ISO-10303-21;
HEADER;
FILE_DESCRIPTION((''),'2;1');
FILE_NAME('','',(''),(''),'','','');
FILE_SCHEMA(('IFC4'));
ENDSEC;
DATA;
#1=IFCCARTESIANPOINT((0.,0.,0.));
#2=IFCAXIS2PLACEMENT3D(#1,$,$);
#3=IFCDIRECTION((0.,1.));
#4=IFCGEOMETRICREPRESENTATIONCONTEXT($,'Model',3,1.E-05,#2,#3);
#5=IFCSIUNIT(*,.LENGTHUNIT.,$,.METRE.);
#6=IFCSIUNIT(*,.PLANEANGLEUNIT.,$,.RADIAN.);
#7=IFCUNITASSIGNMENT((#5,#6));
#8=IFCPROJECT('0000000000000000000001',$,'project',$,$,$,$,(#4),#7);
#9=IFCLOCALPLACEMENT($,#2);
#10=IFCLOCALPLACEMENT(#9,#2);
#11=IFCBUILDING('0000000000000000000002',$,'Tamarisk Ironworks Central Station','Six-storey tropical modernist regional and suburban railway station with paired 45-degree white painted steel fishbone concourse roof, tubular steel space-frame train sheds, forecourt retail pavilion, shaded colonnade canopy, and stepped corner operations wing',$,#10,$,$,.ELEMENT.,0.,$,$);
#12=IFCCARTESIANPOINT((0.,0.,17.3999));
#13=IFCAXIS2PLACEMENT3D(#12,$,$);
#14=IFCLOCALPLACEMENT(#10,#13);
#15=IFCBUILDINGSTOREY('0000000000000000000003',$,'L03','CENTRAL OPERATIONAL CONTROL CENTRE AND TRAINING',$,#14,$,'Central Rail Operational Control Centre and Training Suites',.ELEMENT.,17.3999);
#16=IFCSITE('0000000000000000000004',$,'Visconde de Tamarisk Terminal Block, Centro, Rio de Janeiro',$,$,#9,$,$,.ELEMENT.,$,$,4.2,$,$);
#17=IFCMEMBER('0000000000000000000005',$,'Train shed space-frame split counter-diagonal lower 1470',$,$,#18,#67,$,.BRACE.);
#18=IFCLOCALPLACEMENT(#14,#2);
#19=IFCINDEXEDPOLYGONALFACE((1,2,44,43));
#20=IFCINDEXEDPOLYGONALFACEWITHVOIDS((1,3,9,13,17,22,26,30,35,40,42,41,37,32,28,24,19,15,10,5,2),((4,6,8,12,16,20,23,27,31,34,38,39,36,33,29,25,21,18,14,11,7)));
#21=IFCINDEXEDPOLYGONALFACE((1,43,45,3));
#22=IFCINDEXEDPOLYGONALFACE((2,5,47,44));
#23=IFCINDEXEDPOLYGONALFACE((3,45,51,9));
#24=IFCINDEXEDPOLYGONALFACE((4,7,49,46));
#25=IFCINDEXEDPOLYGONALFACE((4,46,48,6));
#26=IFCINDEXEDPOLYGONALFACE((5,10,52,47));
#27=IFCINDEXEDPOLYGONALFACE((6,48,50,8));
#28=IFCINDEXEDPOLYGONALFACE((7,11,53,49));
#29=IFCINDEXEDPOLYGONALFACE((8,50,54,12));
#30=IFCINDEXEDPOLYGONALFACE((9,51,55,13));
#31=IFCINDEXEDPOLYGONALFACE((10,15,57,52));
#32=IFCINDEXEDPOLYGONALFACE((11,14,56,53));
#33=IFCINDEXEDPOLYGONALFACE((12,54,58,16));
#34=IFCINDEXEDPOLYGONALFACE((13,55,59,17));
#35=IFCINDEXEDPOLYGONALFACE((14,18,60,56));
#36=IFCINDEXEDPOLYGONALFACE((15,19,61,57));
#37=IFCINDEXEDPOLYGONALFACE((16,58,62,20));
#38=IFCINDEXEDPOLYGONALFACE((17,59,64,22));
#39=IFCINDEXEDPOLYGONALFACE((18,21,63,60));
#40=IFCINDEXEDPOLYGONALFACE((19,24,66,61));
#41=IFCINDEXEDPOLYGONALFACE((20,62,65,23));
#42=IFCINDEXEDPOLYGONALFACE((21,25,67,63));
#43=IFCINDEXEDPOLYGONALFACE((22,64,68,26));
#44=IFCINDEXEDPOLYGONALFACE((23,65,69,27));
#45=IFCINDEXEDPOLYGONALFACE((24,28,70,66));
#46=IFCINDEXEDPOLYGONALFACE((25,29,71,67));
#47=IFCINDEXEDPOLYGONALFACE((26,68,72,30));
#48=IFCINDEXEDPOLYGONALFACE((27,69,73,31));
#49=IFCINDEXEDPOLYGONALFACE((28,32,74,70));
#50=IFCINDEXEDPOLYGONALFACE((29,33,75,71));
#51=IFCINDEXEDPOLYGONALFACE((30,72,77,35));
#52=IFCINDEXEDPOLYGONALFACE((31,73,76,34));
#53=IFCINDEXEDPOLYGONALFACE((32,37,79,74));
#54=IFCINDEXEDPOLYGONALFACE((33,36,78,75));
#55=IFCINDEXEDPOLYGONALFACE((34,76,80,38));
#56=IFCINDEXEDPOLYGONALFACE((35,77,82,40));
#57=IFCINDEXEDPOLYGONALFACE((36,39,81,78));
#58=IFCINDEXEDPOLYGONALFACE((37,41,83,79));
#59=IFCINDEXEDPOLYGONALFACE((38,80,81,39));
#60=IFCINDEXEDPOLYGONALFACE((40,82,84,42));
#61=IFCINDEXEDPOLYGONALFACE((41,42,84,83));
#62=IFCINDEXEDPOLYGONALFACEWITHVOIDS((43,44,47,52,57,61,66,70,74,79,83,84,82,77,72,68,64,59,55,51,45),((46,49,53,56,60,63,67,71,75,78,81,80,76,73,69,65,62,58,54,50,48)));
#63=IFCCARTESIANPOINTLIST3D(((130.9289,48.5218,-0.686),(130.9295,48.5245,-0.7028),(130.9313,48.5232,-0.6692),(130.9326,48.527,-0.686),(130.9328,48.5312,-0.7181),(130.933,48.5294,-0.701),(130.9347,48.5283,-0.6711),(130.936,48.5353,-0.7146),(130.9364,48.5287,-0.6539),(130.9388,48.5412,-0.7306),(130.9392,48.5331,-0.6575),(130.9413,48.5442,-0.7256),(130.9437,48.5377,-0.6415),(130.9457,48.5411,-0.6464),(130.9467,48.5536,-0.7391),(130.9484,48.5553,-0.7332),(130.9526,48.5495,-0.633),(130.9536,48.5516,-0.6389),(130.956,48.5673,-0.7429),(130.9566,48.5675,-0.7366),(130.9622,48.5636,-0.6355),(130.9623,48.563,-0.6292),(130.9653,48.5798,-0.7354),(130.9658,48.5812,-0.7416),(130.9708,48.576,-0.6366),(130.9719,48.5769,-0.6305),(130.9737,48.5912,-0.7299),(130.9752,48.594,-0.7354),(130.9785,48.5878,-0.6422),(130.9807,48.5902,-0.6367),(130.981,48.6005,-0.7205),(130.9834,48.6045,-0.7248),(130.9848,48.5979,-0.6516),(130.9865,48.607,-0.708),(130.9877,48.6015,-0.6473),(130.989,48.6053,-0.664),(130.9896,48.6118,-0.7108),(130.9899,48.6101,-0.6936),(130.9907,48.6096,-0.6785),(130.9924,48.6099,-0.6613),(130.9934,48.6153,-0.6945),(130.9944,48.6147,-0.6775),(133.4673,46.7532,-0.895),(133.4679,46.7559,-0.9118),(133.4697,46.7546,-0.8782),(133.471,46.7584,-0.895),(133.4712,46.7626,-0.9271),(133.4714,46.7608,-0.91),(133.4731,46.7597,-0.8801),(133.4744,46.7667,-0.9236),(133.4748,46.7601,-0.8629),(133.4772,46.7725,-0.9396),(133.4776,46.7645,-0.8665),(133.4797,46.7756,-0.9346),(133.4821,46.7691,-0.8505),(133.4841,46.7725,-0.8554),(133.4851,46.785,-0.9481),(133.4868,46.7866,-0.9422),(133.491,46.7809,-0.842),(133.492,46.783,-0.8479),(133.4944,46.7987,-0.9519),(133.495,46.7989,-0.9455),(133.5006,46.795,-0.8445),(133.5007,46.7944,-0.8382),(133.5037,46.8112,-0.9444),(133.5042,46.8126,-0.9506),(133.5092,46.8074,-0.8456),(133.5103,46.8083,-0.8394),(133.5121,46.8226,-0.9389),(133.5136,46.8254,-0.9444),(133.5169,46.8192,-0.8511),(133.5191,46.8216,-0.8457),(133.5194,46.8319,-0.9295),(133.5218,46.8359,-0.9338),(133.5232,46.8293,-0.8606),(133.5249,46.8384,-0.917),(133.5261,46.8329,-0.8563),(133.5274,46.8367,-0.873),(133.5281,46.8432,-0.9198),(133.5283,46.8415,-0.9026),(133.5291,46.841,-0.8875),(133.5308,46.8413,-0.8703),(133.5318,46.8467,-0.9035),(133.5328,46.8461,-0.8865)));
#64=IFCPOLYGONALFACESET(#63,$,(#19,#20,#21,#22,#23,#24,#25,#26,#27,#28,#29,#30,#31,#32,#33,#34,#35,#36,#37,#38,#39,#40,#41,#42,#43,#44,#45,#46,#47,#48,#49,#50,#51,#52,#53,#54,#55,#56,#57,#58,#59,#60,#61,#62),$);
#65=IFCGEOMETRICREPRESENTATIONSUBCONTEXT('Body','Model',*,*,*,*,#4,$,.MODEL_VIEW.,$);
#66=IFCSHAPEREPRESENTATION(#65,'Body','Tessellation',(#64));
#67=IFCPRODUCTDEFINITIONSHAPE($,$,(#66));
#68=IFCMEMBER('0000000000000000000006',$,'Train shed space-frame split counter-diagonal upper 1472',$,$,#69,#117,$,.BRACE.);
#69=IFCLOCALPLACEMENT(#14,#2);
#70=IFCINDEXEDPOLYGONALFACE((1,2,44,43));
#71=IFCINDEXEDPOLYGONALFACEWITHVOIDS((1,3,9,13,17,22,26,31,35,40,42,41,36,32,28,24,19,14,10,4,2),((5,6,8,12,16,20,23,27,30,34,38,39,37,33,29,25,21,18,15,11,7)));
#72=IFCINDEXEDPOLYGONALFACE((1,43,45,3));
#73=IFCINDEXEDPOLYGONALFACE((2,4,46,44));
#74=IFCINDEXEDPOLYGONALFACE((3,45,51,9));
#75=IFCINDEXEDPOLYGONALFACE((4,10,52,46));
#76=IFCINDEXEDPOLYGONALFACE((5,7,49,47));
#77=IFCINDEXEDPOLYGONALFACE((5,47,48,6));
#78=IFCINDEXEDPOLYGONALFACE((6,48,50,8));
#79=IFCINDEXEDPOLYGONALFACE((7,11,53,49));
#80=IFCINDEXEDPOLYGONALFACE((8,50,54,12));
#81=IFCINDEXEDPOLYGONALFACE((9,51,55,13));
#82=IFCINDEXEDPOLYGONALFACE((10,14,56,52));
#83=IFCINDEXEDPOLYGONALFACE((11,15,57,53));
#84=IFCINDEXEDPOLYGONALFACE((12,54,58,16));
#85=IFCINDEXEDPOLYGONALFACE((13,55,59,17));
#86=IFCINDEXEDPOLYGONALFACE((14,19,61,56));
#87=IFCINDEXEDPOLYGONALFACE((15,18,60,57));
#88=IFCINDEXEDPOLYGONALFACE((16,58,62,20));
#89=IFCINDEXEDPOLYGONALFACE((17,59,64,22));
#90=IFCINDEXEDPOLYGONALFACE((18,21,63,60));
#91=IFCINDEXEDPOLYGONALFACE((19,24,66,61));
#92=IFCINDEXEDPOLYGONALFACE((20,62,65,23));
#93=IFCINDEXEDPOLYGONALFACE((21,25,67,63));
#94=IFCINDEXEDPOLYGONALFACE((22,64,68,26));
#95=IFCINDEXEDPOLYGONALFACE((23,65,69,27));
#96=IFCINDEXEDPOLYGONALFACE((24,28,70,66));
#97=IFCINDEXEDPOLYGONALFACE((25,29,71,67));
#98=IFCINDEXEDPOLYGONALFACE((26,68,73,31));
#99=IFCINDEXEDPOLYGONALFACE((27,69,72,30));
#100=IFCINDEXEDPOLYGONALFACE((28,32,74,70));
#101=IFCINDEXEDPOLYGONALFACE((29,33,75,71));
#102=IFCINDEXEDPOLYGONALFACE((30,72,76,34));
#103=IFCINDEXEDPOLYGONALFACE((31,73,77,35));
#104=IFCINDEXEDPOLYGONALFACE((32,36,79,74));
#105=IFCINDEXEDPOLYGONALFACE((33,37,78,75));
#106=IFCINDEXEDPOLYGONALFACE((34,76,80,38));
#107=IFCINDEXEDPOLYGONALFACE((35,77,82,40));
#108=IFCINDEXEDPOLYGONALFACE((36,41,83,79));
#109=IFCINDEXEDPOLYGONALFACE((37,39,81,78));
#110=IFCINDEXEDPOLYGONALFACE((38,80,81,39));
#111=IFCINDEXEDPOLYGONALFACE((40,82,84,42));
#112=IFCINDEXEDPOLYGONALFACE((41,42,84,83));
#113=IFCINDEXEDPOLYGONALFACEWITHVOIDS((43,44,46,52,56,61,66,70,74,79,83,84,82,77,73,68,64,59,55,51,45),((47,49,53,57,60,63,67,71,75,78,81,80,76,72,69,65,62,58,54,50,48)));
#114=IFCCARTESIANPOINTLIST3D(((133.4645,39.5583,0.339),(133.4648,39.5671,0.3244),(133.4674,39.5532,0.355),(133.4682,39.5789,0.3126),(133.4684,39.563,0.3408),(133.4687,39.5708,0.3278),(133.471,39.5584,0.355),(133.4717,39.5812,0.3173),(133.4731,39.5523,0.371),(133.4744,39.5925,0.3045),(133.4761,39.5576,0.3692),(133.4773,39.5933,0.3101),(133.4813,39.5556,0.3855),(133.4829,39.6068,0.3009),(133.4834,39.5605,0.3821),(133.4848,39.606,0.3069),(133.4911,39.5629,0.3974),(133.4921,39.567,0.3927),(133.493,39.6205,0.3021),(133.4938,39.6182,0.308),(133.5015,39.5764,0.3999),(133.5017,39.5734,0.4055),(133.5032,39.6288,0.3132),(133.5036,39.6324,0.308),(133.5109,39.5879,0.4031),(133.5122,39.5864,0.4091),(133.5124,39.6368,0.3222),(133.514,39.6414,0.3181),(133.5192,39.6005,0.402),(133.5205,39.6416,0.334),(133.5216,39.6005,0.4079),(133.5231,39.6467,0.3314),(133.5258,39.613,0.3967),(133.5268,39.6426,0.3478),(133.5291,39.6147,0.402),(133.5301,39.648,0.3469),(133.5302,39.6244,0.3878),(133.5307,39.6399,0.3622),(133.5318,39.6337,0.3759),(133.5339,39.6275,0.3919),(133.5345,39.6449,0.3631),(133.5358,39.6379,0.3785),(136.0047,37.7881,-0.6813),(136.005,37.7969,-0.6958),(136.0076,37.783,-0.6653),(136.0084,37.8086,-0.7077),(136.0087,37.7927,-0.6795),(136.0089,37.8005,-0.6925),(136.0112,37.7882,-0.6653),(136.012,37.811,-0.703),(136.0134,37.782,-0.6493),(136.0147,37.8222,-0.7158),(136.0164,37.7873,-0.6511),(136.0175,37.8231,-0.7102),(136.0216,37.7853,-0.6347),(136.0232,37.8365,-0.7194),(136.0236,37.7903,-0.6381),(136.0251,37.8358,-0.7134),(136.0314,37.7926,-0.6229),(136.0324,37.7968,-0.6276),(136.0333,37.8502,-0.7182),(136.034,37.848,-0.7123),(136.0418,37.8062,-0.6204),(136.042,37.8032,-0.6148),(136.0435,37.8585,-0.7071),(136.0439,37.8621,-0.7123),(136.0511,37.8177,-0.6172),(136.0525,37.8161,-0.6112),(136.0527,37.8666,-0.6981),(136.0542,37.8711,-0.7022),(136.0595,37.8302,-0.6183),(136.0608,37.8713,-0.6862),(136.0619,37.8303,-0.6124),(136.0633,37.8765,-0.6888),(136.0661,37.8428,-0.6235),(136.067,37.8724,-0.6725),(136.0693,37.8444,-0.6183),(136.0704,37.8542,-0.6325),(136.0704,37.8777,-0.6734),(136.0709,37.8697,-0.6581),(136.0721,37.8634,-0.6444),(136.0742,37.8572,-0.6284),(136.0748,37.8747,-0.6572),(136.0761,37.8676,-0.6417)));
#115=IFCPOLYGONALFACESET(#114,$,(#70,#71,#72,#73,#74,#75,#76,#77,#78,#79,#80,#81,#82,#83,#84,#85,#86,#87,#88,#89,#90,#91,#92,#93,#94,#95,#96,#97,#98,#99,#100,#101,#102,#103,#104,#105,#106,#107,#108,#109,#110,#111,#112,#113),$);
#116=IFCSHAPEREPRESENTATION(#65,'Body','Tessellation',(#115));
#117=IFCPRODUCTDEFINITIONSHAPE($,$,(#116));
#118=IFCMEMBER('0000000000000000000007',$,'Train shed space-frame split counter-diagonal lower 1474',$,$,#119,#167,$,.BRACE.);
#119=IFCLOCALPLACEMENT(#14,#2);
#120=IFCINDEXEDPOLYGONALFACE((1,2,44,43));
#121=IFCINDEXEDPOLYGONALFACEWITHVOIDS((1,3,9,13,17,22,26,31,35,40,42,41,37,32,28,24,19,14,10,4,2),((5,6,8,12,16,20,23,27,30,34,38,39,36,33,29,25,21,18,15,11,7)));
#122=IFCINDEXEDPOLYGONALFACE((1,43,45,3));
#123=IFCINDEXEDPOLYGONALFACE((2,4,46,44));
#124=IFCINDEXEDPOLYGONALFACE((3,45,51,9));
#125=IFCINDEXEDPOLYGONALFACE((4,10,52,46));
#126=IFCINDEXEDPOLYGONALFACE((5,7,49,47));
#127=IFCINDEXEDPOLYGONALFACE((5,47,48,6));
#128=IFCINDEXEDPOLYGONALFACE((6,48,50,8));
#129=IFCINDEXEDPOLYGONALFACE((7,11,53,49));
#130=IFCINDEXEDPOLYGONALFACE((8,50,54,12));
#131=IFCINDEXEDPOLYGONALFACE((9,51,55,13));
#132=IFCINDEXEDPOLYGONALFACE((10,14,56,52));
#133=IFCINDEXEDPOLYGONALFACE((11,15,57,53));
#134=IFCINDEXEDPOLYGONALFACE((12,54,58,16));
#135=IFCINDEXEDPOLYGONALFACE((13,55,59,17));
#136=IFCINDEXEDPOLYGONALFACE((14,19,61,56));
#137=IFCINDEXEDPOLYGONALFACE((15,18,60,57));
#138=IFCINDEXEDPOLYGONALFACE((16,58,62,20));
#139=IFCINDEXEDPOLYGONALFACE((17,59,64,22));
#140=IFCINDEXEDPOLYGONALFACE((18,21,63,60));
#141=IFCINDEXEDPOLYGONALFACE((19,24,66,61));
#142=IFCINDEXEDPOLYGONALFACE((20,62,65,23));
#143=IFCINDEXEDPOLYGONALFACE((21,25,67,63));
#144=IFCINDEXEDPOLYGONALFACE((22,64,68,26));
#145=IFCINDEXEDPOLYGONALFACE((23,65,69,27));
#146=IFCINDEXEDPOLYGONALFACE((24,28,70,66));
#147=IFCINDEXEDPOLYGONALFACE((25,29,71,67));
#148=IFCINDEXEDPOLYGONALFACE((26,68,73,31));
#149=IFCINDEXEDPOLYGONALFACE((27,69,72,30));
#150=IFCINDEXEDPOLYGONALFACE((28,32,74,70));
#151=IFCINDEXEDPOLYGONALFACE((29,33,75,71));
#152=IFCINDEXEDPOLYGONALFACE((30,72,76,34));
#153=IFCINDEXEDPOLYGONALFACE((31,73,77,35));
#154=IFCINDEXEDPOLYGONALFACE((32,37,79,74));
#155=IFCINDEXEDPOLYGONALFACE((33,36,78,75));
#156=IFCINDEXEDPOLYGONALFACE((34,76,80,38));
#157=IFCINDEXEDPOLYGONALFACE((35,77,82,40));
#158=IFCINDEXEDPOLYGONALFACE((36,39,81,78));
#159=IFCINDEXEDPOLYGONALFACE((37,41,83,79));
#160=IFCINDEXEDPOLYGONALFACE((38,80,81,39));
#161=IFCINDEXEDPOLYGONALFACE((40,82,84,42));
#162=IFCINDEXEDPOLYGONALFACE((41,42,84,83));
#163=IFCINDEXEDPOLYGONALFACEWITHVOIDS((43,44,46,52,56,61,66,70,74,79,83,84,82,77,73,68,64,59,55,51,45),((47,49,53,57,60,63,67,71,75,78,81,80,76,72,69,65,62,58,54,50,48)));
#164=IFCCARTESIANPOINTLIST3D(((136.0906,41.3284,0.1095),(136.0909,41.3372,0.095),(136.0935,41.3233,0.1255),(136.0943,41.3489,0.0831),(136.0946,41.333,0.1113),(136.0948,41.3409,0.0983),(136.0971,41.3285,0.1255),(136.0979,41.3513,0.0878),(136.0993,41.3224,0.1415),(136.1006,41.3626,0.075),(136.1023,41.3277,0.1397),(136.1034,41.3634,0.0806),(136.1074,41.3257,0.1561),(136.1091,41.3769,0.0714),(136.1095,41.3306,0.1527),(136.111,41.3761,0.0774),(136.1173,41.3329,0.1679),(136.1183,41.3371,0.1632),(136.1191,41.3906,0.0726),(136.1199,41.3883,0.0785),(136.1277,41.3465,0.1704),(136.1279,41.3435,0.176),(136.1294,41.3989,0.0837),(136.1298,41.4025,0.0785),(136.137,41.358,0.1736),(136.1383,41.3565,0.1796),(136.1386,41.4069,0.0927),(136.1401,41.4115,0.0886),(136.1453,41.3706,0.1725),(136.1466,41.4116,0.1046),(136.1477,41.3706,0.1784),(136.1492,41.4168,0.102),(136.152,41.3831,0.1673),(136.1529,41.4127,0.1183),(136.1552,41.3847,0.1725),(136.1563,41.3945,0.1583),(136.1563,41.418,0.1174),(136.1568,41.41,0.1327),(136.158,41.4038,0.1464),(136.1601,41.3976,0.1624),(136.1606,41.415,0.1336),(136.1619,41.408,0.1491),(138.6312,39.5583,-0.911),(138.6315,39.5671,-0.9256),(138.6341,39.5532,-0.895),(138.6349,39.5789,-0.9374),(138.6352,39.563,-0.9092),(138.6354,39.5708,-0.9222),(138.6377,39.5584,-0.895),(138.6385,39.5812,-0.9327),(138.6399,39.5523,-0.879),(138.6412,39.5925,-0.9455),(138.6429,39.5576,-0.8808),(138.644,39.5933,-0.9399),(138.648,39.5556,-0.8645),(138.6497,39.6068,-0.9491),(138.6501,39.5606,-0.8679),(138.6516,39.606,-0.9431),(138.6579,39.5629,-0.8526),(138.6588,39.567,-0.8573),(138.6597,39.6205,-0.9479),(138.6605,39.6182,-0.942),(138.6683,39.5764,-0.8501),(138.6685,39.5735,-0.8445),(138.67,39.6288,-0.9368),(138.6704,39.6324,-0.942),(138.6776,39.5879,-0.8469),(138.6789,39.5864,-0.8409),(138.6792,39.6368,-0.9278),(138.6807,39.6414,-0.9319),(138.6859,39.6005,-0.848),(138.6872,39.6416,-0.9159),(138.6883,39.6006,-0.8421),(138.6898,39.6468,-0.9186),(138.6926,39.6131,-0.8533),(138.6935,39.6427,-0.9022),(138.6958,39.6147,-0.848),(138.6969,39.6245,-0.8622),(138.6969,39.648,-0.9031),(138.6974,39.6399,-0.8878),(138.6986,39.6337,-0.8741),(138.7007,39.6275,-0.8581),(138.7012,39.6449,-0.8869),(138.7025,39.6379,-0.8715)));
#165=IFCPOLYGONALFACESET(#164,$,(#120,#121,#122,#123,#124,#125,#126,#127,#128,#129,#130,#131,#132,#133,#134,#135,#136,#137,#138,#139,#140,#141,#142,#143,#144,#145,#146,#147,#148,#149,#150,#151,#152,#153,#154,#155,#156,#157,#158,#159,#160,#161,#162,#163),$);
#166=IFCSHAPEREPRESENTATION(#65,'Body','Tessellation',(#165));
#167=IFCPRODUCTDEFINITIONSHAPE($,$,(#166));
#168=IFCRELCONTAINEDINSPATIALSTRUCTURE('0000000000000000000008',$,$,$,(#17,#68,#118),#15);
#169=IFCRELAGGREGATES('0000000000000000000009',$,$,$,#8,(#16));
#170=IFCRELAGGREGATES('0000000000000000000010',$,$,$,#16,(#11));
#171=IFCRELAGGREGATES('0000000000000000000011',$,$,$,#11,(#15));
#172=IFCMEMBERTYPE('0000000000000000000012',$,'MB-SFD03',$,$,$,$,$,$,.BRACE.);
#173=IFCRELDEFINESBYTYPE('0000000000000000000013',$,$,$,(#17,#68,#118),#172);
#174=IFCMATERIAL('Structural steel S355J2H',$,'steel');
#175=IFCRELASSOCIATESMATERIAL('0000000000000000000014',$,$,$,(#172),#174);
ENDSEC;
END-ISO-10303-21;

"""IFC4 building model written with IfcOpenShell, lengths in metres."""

from ifc_helpers import new_model, si_unit, direction, frame, origin, origin_2d, place, context, subcontext, project, spatial, hollow_circle, extrude, material, material_profile, profile_set, type_object, element, save


model = new_model("IFC4")

# Units and contexts
model_context = context("Model", 3, precision=1e-05, world=origin(), true_north=direction((0.0, 1.0)))
body_context = subcontext(model_context, "Body", "Model", "MODEL_VIEW")
ifc_project = project(units=[si_unit("LENGTHUNIT", "METRE"), si_unit("PLANEANGLEUNIT", "RADIAN")], contexts=[model_context])

# Site, building, storey
site_placement = place(None, origin())
site = spatial("IfcSite", under=ifc_project, at=site_placement, Name="Visconde de Tamarisk Terminal Block, Centro, Rio de Janeiro", CompositionType="ELEMENT", RefElevation=4.2)
building_placement = place(site_placement, origin())
building = spatial("IfcBuilding", under=site, at=building_placement, Name="Tamarisk Ironworks Central Station", Description="Six-storey tropical modernist regional and suburban railway station with paired 45-degree white painted steel fishbone concourse roof, tubular steel space-frame train sheds, forecourt retail pavilion, shaded colonnade canopy, and stepped corner operations wing", CompositionType="ELEMENT", ElevationOfRefHeight=0.0)
storey_placement = place(building_placement, frame((0.0, 0.0, 17.3999)))
storey = spatial("IfcBuildingStorey", under=building, at=storey_placement, Name="L03", Description="CENTRAL OPERATIONAL CONTROL CENTRE AND TRAINING", LongName="Central Rail Operational Control Centre and Training Suites", CompositionType="ELEMENT", Elevation=17.3999)

# Members
ifc_material = material(Name="Structural steel S355J2H", Category="steel")
ifc_material_profile_1 = material_profile(ifc_material, hollow_circle(Radius=0.0571, WallThickness=0.0063, at=origin_2d()), Name="CHS 114.3x6.3")
ifc_profile_set_1 = profile_set([ifc_material_profile_1], Name="Structural steel S355J2H")
member_type_1 = type_object("IfcMemberType", Name="MB-SFD03", PredefinedType="BRACE", material=ifc_profile_set_1)
for number, where, z_axis, x_axis, name in (
    (1, (133.5, 46.8, -0.895), (-0.818621, 0.570366, 0.067398), (-0.571666, -0.820487, 0.0), "Train shed space-frame split counter-diagonal lower 1470"),
):
    element("IfcMember", number, at=place(storey_placement, frame(where, z_axis=z_axis, x_axis=x_axis)), inside=storey, type_object=member_type_1, Name=name, PredefinedType="BRACE", context=body_context, shape_type="SweptSolid", body=[
        extrude(hollow_circle(Radius=0.0571, WallThickness=0.0063, at=origin_2d()), origin(), (0.0, 0.0, 1.0), 3.1008),
    ])
member_1_placement = place(storey_placement, frame((136.0403, 37.8298, -0.6653), z_axis=(-0.77922, 0.54302, 0.312961), x_axis=(-0.571741, -0.820434, 0.0)))
element("IfcMember", 2, at=member_1_placement, inside=storey, type_object=member_type_1, Name="Train shed space-frame split counter-diagonal upper 1472", PredefinedType="BRACE", context=body_context, shape_type="SweptSolid", body=[
    extrude(hollow_circle(Radius=0.0571, WallThickness=0.0063, at=origin_2d()), origin(), (0.0, 0.0, 1.0), 3.26),
])
member_2_placement = place(storey_placement, frame((138.6667, 39.6001, -0.895), z_axis=(-0.779263, 0.542923, 0.313023), x_axis=(-0.571651, -0.820497, 0.0)))
element("IfcMember", 3, at=member_2_placement, inside=storey, type_object=member_type_1, Name="Train shed space-frame split counter-diagonal lower 1474", PredefinedType="BRACE", context=body_context, shape_type="SweptSolid", body=[
    extrude(hollow_circle(Radius=0.0571, WallThickness=0.0063, at=origin_2d()), origin(), (0.0, 0.0, 1.0), 3.2603),
])

save(model, "model.ifc")
